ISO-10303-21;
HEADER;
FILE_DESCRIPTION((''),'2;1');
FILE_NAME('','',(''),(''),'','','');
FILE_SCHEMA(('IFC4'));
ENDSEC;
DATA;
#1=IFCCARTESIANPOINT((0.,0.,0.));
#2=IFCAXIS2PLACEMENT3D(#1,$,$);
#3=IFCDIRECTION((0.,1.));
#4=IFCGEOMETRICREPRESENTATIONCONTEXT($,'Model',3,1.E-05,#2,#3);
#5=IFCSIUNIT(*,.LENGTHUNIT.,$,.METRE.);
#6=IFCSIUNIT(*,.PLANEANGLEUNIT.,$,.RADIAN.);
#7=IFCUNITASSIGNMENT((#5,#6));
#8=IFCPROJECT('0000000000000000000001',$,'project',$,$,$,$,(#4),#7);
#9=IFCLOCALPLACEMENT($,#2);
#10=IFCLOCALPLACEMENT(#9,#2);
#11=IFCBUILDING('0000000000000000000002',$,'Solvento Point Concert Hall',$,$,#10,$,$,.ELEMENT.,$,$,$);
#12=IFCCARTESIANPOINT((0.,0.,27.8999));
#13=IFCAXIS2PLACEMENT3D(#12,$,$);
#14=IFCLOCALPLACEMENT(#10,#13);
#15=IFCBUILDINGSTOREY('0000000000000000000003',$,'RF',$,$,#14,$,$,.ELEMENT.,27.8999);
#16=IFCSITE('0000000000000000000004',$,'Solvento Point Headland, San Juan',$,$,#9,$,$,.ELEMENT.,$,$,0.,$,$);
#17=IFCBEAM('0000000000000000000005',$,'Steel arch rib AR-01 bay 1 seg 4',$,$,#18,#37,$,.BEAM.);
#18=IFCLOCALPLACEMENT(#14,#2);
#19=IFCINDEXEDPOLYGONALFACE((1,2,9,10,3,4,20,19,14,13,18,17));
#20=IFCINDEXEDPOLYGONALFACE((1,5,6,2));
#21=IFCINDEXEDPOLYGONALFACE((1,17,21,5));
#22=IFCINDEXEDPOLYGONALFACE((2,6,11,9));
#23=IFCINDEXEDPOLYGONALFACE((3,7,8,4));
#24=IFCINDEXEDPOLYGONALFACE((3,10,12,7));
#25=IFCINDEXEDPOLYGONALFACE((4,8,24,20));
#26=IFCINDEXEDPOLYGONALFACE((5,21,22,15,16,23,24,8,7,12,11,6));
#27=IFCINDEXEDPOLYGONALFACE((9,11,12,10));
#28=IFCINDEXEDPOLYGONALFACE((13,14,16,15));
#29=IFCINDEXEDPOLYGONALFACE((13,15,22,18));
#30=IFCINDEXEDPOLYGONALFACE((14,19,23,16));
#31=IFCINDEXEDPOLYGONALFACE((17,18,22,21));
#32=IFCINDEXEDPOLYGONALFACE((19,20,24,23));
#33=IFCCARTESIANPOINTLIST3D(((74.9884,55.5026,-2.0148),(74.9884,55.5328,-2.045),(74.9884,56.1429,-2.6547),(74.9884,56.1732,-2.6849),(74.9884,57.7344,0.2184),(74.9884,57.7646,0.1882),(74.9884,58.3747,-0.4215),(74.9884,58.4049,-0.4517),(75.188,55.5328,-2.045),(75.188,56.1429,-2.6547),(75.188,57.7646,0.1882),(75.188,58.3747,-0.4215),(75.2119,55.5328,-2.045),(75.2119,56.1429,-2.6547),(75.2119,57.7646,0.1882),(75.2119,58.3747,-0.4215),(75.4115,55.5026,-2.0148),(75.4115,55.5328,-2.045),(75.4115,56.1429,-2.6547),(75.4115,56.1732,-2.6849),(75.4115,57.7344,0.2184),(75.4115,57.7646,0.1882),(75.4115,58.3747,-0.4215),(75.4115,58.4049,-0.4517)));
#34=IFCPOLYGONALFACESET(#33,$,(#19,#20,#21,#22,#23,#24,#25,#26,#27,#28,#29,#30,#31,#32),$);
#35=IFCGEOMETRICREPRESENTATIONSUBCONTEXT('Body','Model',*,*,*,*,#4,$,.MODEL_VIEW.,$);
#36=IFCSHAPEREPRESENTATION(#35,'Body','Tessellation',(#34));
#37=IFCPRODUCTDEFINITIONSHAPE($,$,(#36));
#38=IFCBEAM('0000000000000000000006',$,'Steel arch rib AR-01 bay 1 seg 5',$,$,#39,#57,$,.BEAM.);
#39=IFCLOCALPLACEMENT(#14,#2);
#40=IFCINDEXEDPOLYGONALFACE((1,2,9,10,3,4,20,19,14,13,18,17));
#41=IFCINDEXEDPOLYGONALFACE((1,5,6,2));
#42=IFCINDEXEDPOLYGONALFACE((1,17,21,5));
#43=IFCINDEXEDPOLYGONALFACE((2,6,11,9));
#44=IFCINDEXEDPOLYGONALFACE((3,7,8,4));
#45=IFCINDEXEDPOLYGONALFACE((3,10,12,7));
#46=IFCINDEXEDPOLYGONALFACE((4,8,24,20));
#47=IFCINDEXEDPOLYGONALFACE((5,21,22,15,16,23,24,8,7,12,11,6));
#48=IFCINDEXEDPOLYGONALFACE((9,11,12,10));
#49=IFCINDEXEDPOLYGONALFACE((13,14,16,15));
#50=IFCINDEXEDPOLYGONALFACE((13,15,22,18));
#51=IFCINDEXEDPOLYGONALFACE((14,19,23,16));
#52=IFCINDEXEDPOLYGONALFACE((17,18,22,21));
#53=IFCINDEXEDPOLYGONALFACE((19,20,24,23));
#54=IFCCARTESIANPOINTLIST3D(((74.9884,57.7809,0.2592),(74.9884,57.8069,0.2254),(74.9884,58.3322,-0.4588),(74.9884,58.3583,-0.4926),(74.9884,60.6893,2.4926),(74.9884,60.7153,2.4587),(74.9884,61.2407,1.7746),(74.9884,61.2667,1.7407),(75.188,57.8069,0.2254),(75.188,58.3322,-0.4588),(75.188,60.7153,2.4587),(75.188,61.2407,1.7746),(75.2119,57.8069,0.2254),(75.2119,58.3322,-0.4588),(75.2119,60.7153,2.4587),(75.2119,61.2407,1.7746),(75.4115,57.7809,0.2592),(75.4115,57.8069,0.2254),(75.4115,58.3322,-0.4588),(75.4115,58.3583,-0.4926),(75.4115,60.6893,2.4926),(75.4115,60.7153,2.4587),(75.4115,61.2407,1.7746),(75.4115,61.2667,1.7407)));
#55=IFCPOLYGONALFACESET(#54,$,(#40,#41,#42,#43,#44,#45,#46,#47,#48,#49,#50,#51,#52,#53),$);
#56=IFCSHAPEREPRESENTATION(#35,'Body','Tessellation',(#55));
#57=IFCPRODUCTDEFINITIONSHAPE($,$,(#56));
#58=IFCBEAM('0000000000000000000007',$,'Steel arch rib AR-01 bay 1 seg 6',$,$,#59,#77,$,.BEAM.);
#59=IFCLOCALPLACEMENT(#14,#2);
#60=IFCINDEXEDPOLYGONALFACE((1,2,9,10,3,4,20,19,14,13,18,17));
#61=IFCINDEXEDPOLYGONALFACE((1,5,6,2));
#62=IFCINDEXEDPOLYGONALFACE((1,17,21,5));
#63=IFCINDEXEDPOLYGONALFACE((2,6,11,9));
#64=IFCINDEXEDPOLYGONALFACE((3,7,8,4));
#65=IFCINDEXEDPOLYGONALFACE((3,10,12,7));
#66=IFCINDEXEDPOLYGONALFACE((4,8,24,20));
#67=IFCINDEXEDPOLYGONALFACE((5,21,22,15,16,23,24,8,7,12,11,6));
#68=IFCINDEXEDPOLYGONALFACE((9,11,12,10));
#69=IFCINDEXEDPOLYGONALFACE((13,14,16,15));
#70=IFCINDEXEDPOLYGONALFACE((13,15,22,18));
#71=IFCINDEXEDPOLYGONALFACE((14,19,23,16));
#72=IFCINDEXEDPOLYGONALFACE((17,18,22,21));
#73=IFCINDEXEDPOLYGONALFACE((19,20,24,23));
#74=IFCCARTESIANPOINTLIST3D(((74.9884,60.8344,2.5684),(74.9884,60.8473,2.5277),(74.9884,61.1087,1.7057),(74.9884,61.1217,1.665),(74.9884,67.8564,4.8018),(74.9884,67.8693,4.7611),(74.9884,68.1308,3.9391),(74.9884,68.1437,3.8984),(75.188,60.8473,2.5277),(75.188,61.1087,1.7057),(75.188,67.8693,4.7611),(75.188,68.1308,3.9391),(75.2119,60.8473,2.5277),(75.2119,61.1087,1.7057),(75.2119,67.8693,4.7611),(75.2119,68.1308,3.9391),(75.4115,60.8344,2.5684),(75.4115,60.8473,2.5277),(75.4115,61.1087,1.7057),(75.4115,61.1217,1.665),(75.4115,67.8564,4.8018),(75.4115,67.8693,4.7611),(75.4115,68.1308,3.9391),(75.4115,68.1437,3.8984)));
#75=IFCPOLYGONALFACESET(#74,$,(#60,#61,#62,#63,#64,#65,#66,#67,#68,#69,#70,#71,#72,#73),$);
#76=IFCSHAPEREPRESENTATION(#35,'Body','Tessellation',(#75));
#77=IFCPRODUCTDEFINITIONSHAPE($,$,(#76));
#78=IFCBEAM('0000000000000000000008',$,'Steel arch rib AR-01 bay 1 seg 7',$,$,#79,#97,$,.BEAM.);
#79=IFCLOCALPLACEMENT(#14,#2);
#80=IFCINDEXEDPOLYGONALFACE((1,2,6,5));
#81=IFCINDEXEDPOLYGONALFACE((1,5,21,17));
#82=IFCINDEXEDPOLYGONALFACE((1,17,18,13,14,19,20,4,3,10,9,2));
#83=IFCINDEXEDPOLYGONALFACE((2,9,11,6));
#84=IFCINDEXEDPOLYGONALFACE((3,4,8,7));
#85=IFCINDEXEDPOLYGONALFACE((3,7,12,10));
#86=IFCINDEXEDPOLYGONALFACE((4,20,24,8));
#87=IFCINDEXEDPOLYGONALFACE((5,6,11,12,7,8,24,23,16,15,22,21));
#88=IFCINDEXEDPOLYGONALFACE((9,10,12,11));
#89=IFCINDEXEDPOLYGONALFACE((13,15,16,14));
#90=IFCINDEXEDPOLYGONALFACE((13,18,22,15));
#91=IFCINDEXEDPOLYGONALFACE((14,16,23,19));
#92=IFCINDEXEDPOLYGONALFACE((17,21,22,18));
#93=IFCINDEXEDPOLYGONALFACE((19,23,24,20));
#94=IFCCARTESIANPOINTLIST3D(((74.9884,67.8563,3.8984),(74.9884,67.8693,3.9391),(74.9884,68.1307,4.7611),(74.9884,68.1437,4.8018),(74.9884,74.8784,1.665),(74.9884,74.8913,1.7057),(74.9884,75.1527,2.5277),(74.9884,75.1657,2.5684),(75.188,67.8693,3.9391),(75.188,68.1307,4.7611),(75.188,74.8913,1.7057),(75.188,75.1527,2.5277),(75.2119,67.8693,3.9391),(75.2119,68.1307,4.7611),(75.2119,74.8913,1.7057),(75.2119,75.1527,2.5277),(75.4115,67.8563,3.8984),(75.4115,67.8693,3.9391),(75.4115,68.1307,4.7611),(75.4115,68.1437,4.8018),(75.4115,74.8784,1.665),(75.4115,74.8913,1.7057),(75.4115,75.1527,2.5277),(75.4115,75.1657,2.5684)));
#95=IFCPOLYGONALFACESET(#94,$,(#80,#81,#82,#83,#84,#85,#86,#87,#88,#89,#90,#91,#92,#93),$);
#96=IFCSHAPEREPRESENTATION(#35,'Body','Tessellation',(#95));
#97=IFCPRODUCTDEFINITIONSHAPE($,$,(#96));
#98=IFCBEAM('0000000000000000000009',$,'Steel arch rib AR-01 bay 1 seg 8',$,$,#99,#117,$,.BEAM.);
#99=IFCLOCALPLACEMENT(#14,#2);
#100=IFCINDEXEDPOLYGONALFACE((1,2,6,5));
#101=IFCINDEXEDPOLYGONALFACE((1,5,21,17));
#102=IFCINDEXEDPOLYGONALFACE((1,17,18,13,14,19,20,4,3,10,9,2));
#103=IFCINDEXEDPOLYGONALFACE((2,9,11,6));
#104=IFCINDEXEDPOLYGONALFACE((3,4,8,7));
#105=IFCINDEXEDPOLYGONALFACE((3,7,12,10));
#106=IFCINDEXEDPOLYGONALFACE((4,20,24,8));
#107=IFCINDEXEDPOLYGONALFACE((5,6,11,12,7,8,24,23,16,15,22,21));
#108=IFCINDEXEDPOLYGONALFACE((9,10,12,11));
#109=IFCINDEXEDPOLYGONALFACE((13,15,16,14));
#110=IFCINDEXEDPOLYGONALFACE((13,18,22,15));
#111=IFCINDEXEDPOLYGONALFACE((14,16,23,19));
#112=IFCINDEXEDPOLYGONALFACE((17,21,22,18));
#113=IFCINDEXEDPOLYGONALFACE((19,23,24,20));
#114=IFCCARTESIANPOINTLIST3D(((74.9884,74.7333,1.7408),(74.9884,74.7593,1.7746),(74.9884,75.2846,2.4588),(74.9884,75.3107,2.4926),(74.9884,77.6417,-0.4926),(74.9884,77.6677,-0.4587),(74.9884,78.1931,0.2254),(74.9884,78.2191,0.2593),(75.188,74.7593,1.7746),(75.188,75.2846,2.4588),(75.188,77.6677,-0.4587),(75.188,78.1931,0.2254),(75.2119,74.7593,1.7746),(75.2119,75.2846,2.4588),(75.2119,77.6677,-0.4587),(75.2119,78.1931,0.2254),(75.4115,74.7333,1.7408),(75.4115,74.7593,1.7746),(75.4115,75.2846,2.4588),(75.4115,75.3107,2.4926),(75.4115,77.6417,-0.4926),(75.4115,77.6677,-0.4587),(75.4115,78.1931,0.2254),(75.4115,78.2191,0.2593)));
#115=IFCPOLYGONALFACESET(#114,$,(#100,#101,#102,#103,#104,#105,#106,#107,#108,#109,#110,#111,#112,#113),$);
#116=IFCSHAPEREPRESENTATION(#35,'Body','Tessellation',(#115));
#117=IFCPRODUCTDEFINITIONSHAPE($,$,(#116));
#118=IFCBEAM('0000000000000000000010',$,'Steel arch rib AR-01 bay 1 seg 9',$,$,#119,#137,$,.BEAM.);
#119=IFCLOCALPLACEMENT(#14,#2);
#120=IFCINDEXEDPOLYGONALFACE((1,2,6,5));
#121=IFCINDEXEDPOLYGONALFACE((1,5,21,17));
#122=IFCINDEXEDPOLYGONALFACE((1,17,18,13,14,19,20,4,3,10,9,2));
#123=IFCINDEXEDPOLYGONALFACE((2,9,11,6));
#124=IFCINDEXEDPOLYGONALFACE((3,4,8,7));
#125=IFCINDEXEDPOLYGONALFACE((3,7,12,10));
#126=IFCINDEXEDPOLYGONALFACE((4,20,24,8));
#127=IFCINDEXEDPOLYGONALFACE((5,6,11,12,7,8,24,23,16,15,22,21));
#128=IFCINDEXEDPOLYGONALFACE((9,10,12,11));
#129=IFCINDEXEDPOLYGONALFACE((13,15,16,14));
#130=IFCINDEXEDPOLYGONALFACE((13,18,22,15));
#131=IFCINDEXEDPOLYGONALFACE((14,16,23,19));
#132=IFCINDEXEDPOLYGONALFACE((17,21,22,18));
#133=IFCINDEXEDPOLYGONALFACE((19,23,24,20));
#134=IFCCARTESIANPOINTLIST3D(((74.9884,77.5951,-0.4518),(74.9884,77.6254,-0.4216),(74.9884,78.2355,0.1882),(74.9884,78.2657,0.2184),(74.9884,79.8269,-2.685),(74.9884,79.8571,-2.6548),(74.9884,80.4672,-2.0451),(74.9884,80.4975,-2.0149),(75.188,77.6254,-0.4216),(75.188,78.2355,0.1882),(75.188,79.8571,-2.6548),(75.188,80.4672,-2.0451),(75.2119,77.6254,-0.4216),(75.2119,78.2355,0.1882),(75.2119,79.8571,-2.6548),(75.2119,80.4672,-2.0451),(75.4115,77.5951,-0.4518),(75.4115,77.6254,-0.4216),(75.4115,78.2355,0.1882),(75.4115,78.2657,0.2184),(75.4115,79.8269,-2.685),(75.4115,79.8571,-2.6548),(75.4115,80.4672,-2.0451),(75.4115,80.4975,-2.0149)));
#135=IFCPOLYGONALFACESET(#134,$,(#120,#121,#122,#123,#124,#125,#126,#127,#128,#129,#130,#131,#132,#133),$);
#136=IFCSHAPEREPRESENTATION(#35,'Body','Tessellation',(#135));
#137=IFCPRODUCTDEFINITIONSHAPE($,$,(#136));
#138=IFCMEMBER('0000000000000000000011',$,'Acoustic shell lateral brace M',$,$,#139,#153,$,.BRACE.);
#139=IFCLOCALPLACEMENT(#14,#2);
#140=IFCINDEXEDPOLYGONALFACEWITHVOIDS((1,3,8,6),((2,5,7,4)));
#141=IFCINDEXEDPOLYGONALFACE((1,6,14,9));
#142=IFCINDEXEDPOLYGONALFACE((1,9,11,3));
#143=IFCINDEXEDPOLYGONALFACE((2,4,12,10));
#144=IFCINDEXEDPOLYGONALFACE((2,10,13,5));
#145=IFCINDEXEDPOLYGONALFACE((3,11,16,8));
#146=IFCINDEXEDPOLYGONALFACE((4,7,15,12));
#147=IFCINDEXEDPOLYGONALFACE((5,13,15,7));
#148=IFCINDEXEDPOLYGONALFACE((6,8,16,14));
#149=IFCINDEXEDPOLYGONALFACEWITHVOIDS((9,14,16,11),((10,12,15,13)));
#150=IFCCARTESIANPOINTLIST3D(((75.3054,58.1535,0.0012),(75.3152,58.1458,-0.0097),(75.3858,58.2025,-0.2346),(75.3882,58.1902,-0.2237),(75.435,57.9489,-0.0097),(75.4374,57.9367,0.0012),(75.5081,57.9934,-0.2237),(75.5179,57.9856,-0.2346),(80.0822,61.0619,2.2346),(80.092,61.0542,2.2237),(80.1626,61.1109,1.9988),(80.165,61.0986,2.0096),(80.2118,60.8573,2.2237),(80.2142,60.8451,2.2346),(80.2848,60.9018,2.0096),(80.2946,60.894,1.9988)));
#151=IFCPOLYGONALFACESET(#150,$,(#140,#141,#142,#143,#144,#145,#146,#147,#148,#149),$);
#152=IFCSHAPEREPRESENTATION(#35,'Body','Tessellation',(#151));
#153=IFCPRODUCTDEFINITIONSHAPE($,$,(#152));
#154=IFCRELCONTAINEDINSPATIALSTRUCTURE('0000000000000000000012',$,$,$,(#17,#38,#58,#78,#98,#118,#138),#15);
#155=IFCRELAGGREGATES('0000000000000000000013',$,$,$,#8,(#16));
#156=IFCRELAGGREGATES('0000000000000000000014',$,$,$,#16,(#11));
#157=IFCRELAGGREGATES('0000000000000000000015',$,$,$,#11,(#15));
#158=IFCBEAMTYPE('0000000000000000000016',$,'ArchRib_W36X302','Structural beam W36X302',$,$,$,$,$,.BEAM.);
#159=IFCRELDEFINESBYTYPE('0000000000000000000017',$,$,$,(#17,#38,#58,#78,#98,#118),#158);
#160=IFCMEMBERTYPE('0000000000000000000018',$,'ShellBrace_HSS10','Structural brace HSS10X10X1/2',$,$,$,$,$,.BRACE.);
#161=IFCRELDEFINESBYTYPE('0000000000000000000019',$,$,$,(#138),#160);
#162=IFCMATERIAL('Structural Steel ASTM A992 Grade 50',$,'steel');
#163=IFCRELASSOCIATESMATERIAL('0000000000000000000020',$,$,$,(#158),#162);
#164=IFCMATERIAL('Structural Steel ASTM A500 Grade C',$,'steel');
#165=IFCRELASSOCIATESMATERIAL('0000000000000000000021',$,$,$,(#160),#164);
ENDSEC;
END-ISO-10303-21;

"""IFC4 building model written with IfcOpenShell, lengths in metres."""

from ifc_helpers import new_model, si_unit, direction, frame, origin, origin_2d, place, context, subcontext, project, spatial, hollow_rectangle, i_section, extrude, material, material_profile, profile_set, type_object, element, save


model = new_model("IFC4")

# Units and contexts
model_context = context("Model", 3, precision=1e-05, world=origin(), true_north=direction((0.0, 1.0)))
body_context = subcontext(model_context, "Body", "Model", "MODEL_VIEW")
ifc_project = project(units=[si_unit("LENGTHUNIT", "METRE"), si_unit("PLANEANGLEUNIT", "RADIAN")], contexts=[model_context])

# Site, building, storey
site_placement = place(None, origin())
site = spatial("IfcSite", under=ifc_project, at=site_placement, Name="Solvento Point Headland, San Juan", CompositionType="ELEMENT", RefElevation=0.0)
building_placement = place(site_placement, origin())
building = spatial("IfcBuilding", under=site, at=building_placement, Name="Solvento Point Concert Hall", CompositionType="ELEMENT")
storey_placement = place(building_placement, frame((0.0, 0.0, 27.8999)))
storey = spatial("IfcBuildingStorey", under=building, at=storey_placement, Name="RF", CompositionType="ELEMENT", Elevation=27.8999)

# Beams
ifc_material_1 = material(Name="Structural Steel ASTM A992 Grade 50", Category="steel")
ifc_material_profile_1 = material_profile(ifc_material_1, i_section(OverallWidth=0.4231, OverallDepth=0.948, WebThickness=0.0239, FlangeThickness=0.0427, at=origin_2d()), Name="W36X302")
ifc_profile_set_1 = profile_set([ifc_material_profile_1], Name="Structural Steel ASTM A992 Grade 50")
beam_type = type_object("IfcBeamType", Name="ArchRib_W36X302", Description="Structural beam W36X302", PredefinedType="BEAM", material=ifc_profile_set_1)
beam_1_placement = place(storey_placement, frame((75.2, 55.8379, -2.3499), z_axis=(0.0, 0.706875, 0.707339), x_axis=(-1.0, 0.0, 0.0)))
element("IfcBeam", 1, at=beam_1_placement, inside=storey, type_object=beam_type, Name="Steel arch rib AR-01 bay 1 seg 4", PredefinedType="BEAM", context=body_context, shape_type="SweptSolid", body=[
    extrude(i_section(OverallWidth=0.4231, OverallDepth=0.948, WebThickness=0.0239, FlangeThickness=0.0427, at=origin_2d()), origin(), (0.0, 0.0, 1.0), 3.1572),
])
beam_2_placement = place(storey_placement, frame((75.2, 58.0696, -0.1167), z_axis=(0.0, 0.793134, 0.609048), x_axis=(-1.0, 0.0, 0.0)))
element("IfcBeam", 2, at=beam_2_placement, inside=storey, type_object=beam_type, Name="Steel arch rib AR-01 bay 1 seg 5", PredefinedType="BEAM", context=body_context, shape_type="SweptSolid", body=[
    extrude(i_section(OverallWidth=0.4231, OverallDepth=0.948, WebThickness=0.0239, FlangeThickness=0.0427, at=origin_2d()), origin(), (0.0, 0.0, 1.0), 3.667),
])
for number, where, z_axis, x_axis, name in (
    (3, (75.2, 60.978, 2.1167), (0.0, 0.95296, 0.303097), (-1.0, 0.0, 0.0), "Steel arch rib AR-01 bay 1 seg 6"),
    (4, (75.2, 68.0, 4.3501), (0.0, 0.95296, -0.303097), (-1.0, 0.0, 0.0), "Steel arch rib AR-01 bay 1 seg 7"),
):
    element("IfcBeam", number, at=place(storey_placement, frame(where, z_axis=z_axis, x_axis=x_axis)), inside=storey, type_object=beam_type, Name=name, PredefinedType="BEAM", context=body_context, shape_type="SweptSolid", body=[
        extrude(i_section(OverallWidth=0.4231, OverallDepth=0.948, WebThickness=0.0239, FlangeThickness=0.0427, at=origin_2d()), origin(), (0.0, 0.0, 1.0), 7.3687),
    ])
beam_3_placement = place(storey_placement, frame((75.2, 75.022, 2.1167), z_axis=(0.0, 0.793134, -0.609048), x_axis=(-1.0, 0.0, 0.0)))
element("IfcBeam", 5, at=beam_3_placement, inside=storey, type_object=beam_type, Name="Steel arch rib AR-01 bay 1 seg 8", PredefinedType="BEAM", context=body_context, shape_type="SweptSolid", body=[
    extrude(i_section(OverallWidth=0.4231, OverallDepth=0.948, WebThickness=0.0239, FlangeThickness=0.0427, at=origin_2d()), origin(), (0.0, 0.0, 1.0), 3.667),
])
beam_4_placement = place(storey_placement, frame((75.2, 77.9304, -0.1167), z_axis=(0.0, 0.706875, -0.707339), x_axis=(-1.0, 0.0, 0.0)))
element("IfcBeam", 6, at=beam_4_placement, inside=storey, type_object=beam_type, Name="Steel arch rib AR-01 bay 1 seg 9", PredefinedType="BEAM", context=body_context, shape_type="SweptSolid", body=[
    extrude(i_section(OverallWidth=0.4231, OverallDepth=0.948, WebThickness=0.0239, FlangeThickness=0.0427, at=origin_2d()), origin(), (0.0, 0.0, 1.0), 3.1572),
])

# Member
ifc_material_2 = material(Name="Structural Steel ASTM A500 Grade C", Category="steel")
ifc_material_profile_2 = material_profile(ifc_material_2, hollow_rectangle(XDim=0.2539, YDim=0.2539, WallThickness=0.0117, at=origin_2d()), Name="HSS10X10X1/2")
ifc_profile_set_2 = profile_set([ifc_material_profile_2], Name="Structural Steel ASTM A500 Grade C")
member_type_1 = type_object("IfcMemberType", Name="ShellBrace_HSS10", Description="Structural brace HSS10X10X1/2", PredefinedType="BRACE", material=ifc_profile_set_2)
member_placement = place(storey_placement, frame((75.4116, 58.0696, -0.1167), z_axis=(0.793223, 0.482964, 0.370868), x_axis=(-0.520051, 0.854135, 0.0)))
element("IfcMember", 7, at=member_placement, inside=storey, type_object=member_type_1, Name="Acoustic shell lateral brace M", PredefinedType="BRACE", context=body_context, shape_type="SweptSolid", body=[
    extrude(hollow_rectangle(XDim=0.2539, YDim=0.2539, WallThickness=0.0117, at=origin_2d()), origin(), (0.0, 0.0, 1.0), 6.022),
])

save(model, "model.ifc")
